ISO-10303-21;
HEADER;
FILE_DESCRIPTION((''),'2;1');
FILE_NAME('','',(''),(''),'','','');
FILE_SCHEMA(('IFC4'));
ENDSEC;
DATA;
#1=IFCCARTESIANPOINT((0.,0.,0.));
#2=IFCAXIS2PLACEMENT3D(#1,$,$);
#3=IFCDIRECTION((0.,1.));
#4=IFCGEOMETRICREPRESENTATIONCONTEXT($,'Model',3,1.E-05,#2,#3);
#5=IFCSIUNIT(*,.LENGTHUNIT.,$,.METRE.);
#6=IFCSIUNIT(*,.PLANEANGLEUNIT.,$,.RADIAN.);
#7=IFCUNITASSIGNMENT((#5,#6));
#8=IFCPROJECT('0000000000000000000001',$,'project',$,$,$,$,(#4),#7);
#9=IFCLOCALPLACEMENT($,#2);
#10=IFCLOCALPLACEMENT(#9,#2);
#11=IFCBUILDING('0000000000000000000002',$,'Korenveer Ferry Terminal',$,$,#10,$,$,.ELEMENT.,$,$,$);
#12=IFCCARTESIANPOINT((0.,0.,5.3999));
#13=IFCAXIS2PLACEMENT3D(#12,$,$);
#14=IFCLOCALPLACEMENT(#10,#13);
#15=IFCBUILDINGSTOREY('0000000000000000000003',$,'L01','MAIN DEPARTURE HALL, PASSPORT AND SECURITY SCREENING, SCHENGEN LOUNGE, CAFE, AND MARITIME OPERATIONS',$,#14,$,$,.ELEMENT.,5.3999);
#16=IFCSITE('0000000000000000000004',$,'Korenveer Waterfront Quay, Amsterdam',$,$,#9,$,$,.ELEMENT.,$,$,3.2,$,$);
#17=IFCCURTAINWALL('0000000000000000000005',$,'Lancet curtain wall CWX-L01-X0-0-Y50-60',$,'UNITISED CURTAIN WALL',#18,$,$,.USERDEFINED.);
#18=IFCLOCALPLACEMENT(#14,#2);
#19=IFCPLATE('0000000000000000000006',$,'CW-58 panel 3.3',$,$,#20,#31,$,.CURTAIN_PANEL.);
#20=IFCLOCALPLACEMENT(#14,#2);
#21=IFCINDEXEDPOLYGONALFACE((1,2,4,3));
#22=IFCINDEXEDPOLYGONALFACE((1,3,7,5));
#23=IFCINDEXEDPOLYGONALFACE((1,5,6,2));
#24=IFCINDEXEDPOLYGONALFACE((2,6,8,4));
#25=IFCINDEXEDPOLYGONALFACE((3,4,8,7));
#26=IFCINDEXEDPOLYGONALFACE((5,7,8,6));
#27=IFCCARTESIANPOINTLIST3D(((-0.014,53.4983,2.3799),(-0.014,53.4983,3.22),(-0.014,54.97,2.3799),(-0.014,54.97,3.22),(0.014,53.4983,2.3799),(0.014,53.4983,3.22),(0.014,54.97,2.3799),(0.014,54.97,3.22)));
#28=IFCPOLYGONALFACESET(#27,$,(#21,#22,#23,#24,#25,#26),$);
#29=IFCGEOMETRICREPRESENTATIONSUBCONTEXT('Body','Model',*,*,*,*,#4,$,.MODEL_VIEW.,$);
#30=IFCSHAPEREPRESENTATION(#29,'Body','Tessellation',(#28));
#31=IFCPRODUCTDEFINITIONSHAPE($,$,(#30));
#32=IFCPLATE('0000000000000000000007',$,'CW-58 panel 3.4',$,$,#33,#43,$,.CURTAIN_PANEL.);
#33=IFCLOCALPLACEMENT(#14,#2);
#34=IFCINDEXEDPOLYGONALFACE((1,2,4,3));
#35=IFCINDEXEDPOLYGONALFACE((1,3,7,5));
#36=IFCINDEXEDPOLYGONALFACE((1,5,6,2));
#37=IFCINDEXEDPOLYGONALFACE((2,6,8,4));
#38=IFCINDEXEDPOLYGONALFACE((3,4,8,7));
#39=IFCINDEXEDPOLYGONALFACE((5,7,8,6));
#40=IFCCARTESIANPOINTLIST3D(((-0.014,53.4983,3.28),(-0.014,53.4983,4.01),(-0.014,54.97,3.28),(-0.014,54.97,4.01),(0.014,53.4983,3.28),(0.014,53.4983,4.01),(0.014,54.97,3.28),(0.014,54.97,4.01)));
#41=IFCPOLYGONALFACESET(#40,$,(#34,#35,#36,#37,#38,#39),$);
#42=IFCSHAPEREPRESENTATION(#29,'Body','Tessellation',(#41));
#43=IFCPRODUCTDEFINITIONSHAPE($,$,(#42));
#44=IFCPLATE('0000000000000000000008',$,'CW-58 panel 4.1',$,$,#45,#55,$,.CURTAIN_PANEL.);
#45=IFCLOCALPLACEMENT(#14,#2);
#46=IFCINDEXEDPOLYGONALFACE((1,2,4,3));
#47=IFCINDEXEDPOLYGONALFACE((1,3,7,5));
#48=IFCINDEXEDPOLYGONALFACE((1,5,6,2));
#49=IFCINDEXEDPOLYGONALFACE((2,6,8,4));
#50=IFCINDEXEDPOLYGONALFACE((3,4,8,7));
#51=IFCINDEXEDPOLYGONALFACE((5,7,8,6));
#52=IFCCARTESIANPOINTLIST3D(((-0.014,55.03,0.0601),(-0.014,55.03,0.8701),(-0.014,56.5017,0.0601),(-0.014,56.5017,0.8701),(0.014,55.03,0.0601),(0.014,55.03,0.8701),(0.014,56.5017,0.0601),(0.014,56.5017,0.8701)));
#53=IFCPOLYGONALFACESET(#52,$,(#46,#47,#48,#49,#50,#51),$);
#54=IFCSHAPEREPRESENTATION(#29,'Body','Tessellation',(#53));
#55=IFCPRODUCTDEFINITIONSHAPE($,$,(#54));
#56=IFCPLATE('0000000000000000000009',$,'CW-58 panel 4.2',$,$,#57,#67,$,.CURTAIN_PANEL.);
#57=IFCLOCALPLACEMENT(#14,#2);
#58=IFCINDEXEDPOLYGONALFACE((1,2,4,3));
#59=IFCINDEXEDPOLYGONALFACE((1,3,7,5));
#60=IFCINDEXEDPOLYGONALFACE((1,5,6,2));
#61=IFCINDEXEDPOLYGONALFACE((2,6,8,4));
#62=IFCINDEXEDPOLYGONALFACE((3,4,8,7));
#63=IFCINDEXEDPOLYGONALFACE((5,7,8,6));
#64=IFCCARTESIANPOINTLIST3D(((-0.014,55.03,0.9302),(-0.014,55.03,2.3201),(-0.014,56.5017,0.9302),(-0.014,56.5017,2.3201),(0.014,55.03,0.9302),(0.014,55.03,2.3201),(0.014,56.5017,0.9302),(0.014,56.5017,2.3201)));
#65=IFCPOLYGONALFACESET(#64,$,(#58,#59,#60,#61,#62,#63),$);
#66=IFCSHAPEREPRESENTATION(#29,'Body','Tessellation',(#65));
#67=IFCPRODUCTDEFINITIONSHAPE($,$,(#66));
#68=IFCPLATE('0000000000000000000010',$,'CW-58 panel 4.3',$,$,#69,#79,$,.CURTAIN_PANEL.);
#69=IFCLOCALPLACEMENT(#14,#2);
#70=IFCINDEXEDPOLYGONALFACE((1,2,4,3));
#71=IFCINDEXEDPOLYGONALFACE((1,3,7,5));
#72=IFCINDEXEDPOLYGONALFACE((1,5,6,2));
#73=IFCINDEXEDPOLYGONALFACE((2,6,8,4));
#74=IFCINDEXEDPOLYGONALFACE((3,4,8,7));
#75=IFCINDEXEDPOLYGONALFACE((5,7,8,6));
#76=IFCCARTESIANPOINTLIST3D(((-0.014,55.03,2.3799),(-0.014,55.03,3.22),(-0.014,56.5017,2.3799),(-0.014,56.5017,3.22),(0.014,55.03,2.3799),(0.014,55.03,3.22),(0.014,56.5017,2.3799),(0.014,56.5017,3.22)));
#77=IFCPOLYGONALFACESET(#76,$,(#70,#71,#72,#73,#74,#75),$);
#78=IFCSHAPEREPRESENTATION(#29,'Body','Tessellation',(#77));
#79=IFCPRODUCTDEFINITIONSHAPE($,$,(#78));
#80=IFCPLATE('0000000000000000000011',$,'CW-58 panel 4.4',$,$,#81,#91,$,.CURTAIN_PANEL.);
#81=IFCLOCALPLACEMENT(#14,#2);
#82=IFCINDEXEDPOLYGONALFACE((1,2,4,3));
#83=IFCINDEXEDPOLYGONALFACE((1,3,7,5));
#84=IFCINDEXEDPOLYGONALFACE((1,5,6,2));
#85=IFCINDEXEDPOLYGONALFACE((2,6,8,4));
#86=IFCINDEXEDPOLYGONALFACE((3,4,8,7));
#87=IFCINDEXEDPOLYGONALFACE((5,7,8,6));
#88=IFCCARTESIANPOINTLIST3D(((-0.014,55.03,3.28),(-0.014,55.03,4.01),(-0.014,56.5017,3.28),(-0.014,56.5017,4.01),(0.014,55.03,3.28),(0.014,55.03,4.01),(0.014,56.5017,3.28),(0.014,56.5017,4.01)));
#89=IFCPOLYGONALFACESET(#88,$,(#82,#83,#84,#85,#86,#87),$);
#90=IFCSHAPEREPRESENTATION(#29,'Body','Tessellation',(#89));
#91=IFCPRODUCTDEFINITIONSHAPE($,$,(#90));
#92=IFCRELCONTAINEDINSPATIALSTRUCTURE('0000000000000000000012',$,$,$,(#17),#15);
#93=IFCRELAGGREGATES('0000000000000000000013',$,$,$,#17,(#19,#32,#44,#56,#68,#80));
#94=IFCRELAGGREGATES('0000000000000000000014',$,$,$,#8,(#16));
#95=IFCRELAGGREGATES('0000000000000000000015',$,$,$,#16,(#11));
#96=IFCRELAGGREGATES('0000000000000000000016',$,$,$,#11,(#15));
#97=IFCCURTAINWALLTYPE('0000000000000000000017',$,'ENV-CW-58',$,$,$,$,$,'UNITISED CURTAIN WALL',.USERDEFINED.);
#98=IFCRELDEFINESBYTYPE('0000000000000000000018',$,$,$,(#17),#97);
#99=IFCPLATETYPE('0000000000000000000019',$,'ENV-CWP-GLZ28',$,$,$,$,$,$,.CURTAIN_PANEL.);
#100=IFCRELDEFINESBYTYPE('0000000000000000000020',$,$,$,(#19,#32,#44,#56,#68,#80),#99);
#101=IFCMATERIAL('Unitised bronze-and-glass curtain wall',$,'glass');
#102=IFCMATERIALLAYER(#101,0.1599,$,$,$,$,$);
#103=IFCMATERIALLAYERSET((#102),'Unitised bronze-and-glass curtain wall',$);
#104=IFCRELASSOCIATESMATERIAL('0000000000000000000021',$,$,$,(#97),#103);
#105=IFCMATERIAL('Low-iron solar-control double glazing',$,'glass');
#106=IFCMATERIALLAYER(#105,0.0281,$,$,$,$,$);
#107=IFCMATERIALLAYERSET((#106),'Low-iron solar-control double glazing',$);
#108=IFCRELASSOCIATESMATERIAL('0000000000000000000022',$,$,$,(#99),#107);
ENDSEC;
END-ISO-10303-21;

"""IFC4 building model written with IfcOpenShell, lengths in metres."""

from ifc_helpers import new_model, si_unit, direction, frame, origin, origin_2d, place, context, subcontext, project, spatial, rectangle, extrude, material, layer, layer_set, type_object, element, aggregate, save


model = new_model("IFC4")

# Units and contexts
model_context = context("Model", 3, precision=1e-05, world=origin(), true_north=direction((0.0, 1.0)))
body_context = subcontext(model_context, "Body", "Model", "MODEL_VIEW")
ifc_project = project(units=[si_unit("LENGTHUNIT", "METRE"), si_unit("PLANEANGLEUNIT", "RADIAN")], contexts=[model_context])

# Site, building, storey
site_placement = place(None, origin())
site = spatial("IfcSite", under=ifc_project, at=site_placement, Name="Korenveer Waterfront Quay, Amsterdam", CompositionType="ELEMENT", RefElevation=3.2)
building_placement = place(site_placement, origin())
building = spatial("IfcBuilding", under=site, at=building_placement, Name="Korenveer Ferry Terminal", CompositionType="ELEMENT")
storey_placement = place(building_placement, frame((0.0, 0.0, 5.3999)))
storey = spatial("IfcBuildingStorey", under=building, at=storey_placement, Name="L01", Description="MAIN DEPARTURE HALL, PASSPORT AND SECURITY SCREENING, SCHENGEN LOUNGE, CAFE, AND MARITIME OPERATIONS", CompositionType="ELEMENT", Elevation=5.3999)

# Curtain wall, plates
ifc_material_1 = material(Name="Unitised bronze-and-glass curtain wall", Category="glass")
ifc_layer_1 = layer(ifc_material_1, 0.1599)
ifc_layer_set_1 = layer_set([ifc_layer_1], Name="Unitised bronze-and-glass curtain wall")
curtain_wall_type = type_object("IfcCurtainWallType", Name="ENV-CW-58", ElementType="UNITISED CURTAIN WALL", PredefinedType="USERDEFINED", material=ifc_layer_set_1)
curtain_wall_placement = place(storey_placement, frame((0.0, 50.405, 0.0)))
curtain_wall = element("IfcCurtainWall", 1, at=curtain_wall_placement, inside=storey, type_object=curtain_wall_type, Name="Lancet curtain wall CWX-L01-X0-0-Y50-60", ObjectType="UNITISED CURTAIN WALL", PredefinedType="USERDEFINED")
ifc_material_2 = material(Name="Low-iron solar-control double glazing", Category="glass")
ifc_layer_2 = layer(ifc_material_2, 0.0281)
ifc_layer_set_2 = layer_set([ifc_layer_2], Name="Low-iron solar-control double glazing")
plate_type = type_object("IfcPlateType", Name="ENV-CWP-GLZ28", PredefinedType="CURTAIN_PANEL", material=ifc_layer_set_2)
plate_1_placement = place(storey_placement, frame((0.0, 54.2341, 2.3799), z_axis=(0.0, 0.0, 1.0), x_axis=(0.0, 1.0, 0.0)))
plate_1 = element("IfcPlate", 2, at=plate_1_placement, type_object=plate_type, Name="CW-58 panel 3.3", PredefinedType="CURTAIN_PANEL", context=body_context, shape_type="SweptSolid", body=[
    extrude(rectangle(XDim=1.4717, YDim=0.0281, at=origin_2d()), origin(), (0.0, 0.0, 1.0), 0.8401),
])
plate_2_placement = place(storey_placement, frame((0.0, 54.2341, 3.28), z_axis=(0.0, 0.0, 1.0), x_axis=(0.0, 1.0, 0.0)))
plate_2 = element("IfcPlate", 3, at=plate_2_placement, type_object=plate_type, Name="CW-58 panel 3.4", PredefinedType="CURTAIN_PANEL", context=body_context, shape_type="SweptSolid", body=[
    extrude(rectangle(XDim=1.4717, YDim=0.0281, at=origin_2d()), origin(), (0.0, 0.0, 1.0), 0.73),
])
plate_3_placement = place(storey_placement, frame((0.0, 55.7659, 0.0601), z_axis=(0.0, 0.0, 1.0), x_axis=(0.0, 1.0, 0.0)))
plate_3 = element("IfcPlate", 4, at=plate_3_placement, type_object=plate_type, Name="CW-58 panel 4.1", PredefinedType="CURTAIN_PANEL", context=body_context, shape_type="SweptSolid", body=[
    extrude(rectangle(XDim=1.4717, YDim=0.0281, at=origin_2d()), origin(), (0.0, 0.0, 1.0), 0.8101),
])
plate_4_placement = place(storey_placement, frame((0.0, 55.7659, 0.9302), z_axis=(0.0, 0.0, 1.0), x_axis=(0.0, 1.0, 0.0)))
plate_4 = element("IfcPlate", 5, at=plate_4_placement, type_object=plate_type, Name="CW-58 panel 4.2", PredefinedType="CURTAIN_PANEL", context=body_context, shape_type="SweptSolid", body=[
    extrude(rectangle(XDim=1.4717, YDim=0.0281, at=origin_2d()), origin(), (0.0, 0.0, 1.0), 1.3899),
])
plate_5_placement = place(storey_placement, frame((0.0, 55.7659, 2.3799), z_axis=(0.0, 0.0, 1.0), x_axis=(0.0, 1.0, 0.0)))
plate_5 = element("IfcPlate", 6, at=plate_5_placement, type_object=plate_type, Name="CW-58 panel 4.3", PredefinedType="CURTAIN_PANEL", context=body_context, shape_type="SweptSolid", body=[
    extrude(rectangle(XDim=1.4717, YDim=0.0281, at=origin_2d()), origin(), (0.0, 0.0, 1.0), 0.8401),
])
plate_6_placement = place(storey_placement, frame((0.0, 55.7659, 3.28), z_axis=(0.0, 0.0, 1.0), x_axis=(0.0, 1.0, 0.0)))
plate_6 = element("IfcPlate", 7, at=plate_6_placement, type_object=plate_type, Name="CW-58 panel 4.4", PredefinedType="CURTAIN_PANEL", context=body_context, shape_type="SweptSolid", body=[
    extrude(rectangle(XDim=1.4717, YDim=0.0281, at=origin_2d()), origin(), (0.0, 0.0, 1.0), 0.73),
])
aggregate(curtain_wall, [plate_1, plate_2, plate_3, plate_4, plate_5, plate_6])

save(model, "model.ifc")
